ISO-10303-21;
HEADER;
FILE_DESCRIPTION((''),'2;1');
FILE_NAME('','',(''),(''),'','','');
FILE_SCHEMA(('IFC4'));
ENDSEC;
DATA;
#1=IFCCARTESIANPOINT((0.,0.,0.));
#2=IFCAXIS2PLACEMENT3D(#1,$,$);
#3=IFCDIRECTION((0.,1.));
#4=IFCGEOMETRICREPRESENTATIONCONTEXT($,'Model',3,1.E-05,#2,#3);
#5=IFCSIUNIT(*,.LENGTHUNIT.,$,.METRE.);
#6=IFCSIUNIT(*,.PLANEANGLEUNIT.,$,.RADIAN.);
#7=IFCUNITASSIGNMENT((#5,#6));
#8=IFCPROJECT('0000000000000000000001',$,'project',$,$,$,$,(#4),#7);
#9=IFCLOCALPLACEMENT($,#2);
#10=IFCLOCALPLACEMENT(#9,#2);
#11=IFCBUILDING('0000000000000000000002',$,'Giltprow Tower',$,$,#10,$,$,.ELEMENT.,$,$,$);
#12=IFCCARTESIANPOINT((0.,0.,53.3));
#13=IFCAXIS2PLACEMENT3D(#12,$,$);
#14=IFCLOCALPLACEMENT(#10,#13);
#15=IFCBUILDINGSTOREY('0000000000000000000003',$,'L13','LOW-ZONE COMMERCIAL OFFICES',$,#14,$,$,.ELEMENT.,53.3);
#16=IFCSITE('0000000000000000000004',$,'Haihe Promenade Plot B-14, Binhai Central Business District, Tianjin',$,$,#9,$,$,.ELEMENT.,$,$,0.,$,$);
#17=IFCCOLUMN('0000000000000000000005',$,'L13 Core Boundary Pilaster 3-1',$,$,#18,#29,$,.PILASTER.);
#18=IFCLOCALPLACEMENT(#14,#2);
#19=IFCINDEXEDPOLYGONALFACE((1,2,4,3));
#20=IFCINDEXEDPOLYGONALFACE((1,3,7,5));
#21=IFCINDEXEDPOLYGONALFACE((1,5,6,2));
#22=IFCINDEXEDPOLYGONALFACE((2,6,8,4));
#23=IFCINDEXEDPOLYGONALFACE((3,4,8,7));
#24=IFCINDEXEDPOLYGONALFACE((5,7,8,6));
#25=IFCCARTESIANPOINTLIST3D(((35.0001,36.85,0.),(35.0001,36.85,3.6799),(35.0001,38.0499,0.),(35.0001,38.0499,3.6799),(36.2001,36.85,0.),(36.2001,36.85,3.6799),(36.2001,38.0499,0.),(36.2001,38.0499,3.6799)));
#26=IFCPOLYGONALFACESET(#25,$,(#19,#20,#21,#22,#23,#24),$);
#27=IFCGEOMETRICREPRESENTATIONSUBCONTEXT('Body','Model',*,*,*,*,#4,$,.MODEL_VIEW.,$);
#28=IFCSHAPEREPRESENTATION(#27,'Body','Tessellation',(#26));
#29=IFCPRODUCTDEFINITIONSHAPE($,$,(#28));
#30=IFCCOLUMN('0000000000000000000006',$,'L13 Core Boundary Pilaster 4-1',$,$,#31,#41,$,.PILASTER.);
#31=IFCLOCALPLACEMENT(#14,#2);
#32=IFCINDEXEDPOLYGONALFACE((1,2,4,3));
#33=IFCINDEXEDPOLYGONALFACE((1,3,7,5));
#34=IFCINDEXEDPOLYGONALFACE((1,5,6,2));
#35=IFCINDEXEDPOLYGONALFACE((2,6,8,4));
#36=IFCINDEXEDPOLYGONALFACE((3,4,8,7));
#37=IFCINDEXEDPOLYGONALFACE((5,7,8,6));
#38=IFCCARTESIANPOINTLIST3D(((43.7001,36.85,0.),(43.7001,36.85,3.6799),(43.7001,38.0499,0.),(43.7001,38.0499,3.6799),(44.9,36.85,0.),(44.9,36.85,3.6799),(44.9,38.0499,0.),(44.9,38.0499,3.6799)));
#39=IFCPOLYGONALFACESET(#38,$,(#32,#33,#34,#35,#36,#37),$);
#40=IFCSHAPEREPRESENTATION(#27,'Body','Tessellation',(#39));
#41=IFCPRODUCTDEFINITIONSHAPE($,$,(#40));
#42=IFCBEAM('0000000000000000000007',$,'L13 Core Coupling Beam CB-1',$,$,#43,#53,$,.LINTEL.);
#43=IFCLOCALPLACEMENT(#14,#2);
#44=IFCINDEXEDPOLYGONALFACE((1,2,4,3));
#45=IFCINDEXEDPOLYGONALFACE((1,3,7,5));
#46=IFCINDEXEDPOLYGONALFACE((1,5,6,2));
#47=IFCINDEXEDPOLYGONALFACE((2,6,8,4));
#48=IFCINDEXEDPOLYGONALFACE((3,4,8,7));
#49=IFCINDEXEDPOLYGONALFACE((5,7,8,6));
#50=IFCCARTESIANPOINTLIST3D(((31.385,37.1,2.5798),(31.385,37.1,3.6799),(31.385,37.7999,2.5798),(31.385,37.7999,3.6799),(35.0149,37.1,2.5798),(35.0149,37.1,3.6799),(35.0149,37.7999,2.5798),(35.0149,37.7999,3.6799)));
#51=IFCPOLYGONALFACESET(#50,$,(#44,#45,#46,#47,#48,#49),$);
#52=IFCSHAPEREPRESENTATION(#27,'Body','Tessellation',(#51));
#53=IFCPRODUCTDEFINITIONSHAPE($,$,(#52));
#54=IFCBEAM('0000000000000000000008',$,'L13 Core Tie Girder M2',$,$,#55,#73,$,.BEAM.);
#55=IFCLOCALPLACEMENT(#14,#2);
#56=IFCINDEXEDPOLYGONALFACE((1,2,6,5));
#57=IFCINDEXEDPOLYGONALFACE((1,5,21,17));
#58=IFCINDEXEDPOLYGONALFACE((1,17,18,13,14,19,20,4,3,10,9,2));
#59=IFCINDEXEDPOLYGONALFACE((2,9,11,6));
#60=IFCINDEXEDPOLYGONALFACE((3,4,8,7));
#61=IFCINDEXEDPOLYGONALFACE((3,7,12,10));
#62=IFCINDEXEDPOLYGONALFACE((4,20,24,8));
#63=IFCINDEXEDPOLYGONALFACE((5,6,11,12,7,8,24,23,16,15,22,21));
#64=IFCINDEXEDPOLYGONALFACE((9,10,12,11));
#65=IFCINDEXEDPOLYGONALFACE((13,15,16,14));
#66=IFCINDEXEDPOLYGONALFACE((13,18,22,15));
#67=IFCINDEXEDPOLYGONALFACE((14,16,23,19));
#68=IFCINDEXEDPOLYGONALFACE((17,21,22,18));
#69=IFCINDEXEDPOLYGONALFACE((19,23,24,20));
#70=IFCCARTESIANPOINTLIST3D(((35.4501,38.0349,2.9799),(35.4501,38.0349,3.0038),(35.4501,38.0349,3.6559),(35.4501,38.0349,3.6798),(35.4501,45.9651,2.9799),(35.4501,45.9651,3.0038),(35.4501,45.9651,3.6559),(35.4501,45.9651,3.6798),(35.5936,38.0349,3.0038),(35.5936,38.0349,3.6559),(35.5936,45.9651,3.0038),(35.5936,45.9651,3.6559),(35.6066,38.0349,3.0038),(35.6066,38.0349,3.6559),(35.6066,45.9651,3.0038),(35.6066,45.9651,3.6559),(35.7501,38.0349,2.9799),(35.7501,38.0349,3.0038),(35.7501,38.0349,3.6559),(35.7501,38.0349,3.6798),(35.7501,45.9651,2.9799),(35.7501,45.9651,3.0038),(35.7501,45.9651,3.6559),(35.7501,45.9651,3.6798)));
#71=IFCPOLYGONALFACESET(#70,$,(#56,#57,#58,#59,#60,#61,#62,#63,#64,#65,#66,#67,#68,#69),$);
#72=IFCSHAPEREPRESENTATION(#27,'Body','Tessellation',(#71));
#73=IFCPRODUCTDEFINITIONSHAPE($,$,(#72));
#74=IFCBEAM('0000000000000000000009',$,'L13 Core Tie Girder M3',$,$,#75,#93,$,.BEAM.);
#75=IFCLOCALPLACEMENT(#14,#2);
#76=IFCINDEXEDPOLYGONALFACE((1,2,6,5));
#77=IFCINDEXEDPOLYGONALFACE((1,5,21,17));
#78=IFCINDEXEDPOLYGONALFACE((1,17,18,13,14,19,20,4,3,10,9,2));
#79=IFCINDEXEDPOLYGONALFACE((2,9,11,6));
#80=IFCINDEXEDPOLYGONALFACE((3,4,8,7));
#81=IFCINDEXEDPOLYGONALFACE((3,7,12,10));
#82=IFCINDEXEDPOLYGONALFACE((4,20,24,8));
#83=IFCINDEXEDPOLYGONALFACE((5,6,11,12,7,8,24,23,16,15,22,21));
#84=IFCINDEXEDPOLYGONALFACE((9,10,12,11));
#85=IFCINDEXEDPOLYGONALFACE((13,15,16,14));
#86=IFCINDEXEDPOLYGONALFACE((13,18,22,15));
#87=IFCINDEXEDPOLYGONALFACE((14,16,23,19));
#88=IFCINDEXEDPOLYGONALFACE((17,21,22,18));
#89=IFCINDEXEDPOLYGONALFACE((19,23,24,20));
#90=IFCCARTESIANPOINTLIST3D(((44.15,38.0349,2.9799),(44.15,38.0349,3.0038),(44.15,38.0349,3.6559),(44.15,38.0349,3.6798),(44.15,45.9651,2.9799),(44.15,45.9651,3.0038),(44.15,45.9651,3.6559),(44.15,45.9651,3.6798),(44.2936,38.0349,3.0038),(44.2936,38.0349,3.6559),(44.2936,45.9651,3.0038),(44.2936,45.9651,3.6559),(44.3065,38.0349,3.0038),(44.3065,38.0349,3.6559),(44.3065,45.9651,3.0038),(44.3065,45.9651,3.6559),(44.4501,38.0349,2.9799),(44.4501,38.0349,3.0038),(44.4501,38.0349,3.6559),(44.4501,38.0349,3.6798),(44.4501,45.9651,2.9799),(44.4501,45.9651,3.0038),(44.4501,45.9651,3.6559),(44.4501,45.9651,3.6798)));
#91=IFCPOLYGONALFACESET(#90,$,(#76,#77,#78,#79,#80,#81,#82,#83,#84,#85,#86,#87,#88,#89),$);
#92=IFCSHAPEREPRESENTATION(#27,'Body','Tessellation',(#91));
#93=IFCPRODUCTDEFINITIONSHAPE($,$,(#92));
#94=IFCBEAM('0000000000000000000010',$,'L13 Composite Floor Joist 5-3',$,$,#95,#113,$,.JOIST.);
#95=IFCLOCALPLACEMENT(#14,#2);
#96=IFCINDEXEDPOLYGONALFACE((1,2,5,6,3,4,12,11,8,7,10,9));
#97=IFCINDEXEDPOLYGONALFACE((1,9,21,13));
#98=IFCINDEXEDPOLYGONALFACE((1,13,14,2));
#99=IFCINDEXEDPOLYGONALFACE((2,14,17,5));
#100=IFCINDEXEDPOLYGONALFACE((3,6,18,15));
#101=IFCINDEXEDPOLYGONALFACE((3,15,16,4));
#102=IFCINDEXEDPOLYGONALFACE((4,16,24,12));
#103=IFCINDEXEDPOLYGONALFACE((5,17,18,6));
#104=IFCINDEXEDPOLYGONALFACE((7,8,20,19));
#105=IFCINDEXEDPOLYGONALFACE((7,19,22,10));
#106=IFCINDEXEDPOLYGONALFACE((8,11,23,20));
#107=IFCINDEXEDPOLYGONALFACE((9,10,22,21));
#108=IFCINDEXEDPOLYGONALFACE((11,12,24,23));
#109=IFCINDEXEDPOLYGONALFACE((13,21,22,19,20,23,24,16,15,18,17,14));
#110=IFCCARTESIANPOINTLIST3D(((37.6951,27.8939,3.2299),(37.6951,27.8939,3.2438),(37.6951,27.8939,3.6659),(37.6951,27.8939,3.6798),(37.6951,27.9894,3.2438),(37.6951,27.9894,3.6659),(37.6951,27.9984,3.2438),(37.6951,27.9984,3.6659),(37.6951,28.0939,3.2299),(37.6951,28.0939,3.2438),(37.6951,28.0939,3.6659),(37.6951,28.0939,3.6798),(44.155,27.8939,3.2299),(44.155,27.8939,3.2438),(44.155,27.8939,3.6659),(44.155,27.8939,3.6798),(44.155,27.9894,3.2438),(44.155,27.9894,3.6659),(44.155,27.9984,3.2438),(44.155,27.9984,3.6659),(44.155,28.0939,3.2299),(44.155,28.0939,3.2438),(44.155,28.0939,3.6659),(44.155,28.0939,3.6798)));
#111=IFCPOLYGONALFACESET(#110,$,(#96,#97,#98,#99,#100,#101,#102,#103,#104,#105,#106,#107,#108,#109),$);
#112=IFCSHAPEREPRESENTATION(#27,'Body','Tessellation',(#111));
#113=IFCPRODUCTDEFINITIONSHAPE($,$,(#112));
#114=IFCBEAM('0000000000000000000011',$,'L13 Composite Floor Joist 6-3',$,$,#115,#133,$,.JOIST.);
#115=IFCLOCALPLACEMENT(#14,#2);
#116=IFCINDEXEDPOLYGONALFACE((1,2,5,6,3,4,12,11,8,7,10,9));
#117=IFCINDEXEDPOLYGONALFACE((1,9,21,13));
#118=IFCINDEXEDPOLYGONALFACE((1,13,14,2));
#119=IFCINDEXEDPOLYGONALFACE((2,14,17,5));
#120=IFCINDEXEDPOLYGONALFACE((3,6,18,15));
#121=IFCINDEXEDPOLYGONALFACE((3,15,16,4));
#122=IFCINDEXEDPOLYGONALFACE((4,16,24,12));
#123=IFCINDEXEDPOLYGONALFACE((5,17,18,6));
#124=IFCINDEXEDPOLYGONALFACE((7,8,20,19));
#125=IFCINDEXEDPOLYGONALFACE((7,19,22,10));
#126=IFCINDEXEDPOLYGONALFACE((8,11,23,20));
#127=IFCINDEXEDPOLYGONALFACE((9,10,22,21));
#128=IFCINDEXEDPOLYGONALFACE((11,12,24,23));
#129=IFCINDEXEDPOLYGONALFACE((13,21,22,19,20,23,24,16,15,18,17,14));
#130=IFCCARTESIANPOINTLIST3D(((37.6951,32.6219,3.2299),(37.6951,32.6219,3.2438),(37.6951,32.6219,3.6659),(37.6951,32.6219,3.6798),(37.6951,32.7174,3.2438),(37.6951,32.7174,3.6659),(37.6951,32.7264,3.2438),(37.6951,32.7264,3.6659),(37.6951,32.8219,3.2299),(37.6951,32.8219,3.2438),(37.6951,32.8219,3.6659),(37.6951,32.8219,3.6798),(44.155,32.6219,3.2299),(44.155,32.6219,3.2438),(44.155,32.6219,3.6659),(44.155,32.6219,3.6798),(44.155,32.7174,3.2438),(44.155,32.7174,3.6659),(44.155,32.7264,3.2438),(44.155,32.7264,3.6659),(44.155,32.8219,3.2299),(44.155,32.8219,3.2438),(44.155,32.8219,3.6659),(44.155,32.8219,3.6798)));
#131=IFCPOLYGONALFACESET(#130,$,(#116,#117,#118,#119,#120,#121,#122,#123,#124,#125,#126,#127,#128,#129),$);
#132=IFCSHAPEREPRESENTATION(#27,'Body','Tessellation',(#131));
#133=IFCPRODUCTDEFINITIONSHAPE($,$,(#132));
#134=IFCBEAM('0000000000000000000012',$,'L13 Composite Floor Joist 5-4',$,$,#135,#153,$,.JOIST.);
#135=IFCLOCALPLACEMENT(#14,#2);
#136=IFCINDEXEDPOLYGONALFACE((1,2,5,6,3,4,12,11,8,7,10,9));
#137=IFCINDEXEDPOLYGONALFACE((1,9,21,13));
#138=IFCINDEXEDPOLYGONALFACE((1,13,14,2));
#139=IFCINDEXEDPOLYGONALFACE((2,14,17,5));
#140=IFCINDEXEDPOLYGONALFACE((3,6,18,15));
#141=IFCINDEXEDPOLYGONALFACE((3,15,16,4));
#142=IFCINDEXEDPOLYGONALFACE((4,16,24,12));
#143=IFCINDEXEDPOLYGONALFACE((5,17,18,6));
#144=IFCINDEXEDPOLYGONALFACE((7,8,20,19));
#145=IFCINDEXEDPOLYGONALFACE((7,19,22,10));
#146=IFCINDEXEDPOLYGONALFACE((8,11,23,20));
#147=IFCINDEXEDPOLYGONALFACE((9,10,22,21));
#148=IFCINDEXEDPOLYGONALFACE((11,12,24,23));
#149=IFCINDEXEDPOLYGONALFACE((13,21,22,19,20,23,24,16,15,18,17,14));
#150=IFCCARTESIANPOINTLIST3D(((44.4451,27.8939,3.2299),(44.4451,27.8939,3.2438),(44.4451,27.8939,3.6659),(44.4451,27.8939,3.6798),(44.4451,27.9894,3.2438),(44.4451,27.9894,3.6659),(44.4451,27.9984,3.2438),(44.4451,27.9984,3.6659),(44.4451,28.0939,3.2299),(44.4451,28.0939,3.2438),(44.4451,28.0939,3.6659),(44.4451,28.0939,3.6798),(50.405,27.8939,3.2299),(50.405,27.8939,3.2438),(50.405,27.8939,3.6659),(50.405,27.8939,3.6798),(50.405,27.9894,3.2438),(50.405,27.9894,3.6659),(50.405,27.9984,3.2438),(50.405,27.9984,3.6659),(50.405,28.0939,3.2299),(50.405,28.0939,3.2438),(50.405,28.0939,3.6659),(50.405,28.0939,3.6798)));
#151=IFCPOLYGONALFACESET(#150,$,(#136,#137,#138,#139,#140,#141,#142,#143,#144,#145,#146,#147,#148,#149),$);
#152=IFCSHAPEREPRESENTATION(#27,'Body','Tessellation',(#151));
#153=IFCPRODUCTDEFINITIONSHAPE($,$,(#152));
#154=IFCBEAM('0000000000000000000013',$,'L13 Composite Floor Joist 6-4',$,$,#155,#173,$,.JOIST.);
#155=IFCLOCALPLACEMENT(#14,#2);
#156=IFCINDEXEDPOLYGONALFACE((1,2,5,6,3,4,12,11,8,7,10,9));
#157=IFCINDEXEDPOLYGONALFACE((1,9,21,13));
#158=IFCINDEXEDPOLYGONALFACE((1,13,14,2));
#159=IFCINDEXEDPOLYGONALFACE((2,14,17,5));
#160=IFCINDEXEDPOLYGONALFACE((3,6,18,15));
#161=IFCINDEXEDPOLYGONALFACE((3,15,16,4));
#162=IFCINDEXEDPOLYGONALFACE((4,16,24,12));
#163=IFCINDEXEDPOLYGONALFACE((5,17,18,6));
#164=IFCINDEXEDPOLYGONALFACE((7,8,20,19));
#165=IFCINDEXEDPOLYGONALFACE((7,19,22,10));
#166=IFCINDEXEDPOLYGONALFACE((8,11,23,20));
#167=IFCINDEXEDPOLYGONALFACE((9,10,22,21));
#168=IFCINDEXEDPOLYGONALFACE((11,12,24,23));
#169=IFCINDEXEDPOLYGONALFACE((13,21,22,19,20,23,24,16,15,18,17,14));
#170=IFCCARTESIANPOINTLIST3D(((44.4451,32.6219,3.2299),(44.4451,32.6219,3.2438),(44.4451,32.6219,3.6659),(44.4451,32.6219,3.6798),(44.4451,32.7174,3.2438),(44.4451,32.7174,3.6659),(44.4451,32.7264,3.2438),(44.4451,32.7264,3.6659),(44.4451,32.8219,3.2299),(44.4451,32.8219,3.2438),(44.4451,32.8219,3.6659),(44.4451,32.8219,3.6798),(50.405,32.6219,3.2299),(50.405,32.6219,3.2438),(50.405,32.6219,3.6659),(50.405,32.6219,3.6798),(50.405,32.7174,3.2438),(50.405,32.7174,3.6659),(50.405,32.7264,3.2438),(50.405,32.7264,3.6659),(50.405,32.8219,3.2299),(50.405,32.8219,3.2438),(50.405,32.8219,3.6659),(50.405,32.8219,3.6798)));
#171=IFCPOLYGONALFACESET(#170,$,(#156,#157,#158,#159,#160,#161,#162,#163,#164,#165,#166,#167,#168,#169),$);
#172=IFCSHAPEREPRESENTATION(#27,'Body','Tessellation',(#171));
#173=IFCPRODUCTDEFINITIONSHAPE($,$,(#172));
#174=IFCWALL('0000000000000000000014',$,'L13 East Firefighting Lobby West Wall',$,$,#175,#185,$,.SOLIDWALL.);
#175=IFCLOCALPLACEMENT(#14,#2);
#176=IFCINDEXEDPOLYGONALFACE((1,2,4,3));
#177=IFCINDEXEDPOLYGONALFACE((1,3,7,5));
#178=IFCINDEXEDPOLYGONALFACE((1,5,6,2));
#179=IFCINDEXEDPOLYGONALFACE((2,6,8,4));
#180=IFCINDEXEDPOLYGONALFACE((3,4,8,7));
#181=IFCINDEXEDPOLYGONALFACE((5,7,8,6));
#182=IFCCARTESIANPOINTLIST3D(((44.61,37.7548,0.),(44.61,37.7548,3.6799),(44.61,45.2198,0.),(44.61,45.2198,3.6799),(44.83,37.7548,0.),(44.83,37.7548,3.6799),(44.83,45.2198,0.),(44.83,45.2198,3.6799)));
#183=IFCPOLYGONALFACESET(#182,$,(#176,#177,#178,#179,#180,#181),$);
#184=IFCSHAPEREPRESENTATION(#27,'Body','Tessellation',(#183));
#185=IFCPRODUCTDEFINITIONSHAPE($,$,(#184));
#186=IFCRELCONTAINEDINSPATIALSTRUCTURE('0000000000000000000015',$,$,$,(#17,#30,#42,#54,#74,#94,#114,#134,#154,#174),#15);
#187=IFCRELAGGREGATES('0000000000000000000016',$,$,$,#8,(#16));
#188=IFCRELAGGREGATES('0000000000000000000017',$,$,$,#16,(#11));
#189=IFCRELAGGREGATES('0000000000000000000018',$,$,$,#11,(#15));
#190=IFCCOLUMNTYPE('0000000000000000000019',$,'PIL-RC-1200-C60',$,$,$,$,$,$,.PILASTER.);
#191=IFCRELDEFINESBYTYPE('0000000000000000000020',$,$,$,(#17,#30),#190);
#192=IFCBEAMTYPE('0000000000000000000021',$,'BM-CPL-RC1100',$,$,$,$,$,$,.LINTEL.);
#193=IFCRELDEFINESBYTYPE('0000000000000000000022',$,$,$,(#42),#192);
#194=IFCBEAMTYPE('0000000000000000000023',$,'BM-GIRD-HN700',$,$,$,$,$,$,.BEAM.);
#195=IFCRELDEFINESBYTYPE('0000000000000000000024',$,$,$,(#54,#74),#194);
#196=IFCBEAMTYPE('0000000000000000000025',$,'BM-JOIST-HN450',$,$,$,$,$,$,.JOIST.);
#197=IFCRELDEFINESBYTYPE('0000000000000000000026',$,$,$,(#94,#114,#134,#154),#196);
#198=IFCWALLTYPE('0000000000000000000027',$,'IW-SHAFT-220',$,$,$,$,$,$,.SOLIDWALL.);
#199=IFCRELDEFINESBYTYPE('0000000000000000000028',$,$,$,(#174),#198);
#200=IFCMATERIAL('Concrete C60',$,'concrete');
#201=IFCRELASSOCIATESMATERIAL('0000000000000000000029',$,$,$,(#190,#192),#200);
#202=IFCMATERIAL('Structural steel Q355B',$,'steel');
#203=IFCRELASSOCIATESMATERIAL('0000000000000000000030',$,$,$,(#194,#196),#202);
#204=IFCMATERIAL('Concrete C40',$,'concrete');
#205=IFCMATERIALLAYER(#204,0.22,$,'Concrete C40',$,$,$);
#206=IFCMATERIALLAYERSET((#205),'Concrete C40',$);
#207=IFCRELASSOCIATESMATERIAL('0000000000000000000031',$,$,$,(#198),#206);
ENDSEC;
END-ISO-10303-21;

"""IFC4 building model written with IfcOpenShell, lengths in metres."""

from ifc_helpers import new_model, si_unit, direction, frame, frame_2d, origin, origin_2d, place, context, subcontext, project, spatial, rectangle, i_section, extrude, source, transform, mapped, material, layer, layer_set, material_profile, profile_set, type_object, element, save


model = new_model("IFC4")

# Units and contexts
model_context = context("Model", 3, precision=1e-05, world=origin(), true_north=direction((0.0, 1.0)))
body_context = subcontext(model_context, "Body", "Model", "MODEL_VIEW")
ifc_project = project(units=[si_unit("LENGTHUNIT", "METRE"), si_unit("PLANEANGLEUNIT", "RADIAN")], contexts=[model_context])

# Site, building, storey
site_placement = place(None, origin())
site = spatial("IfcSite", under=ifc_project, at=site_placement, Name="Haihe Promenade Plot B-14, Binhai Central Business District, Tianjin", CompositionType="ELEMENT", RefElevation=0.0)
building_placement = place(site_placement, origin())
building = spatial("IfcBuilding", under=site, at=building_placement, Name="Giltprow Tower", CompositionType="ELEMENT")
storey_placement = place(building_placement, frame((0.0, 0.0, 53.3)))
storey = spatial("IfcBuildingStorey", under=building, at=storey_placement, Name="L13", Description="LOW-ZONE COMMERCIAL OFFICES", CompositionType="ELEMENT", Elevation=53.3)

# Columns
ifc_material_1 = material(Name="Concrete C60", Category="concrete")
ifc_material_profile_1 = material_profile(ifc_material_1, rectangle(XDim=1.2, YDim=1.2, at=origin_2d()), Name="RC 1200x1200")
ifc_profile_set_1 = profile_set([ifc_material_profile_1], Name="Concrete C60")
column_type = type_object("IfcColumnType", Name="PIL-RC-1200-C60", PredefinedType="PILASTER", material=ifc_profile_set_1)
shared_shape_1 = source(origin(), body_context, "Body", "SweptSolid", [
    extrude(rectangle(XDim=1.2, YDim=1.2, at=origin_2d()), origin(), (0.0, 0.0, 1.0), 3.6799),
])
for number, where, z_axis, x_axis, name in (
    (1, (35.6001, 37.45, 0.0), (0.0, 0.0, 1.0), (1.0, 0.0, 0.0), "L13 Core Boundary Pilaster 3-1"),
    (2, (44.3, 37.45, 0.0), (0.0, 0.0, 1.0), (1.0, 0.0, 0.0), "L13 Core Boundary Pilaster 4-1"),
):
    element("IfcColumn", number, at=place(storey_placement, frame(where, z_axis=z_axis, x_axis=x_axis)), inside=storey, type_object=column_type, Name=name, PredefinedType="PILASTER", context=body_context, shape_type="MappedRepresentation", body=[
        mapped(shared_shape_1, transform((0.0, 0.0, 0.0), x_axis=(1.0, 0.0, 0.0), y_axis=(0.0, 1.0, 0.0), z_axis=(0.0, 0.0, 1.0), scale=1.0)),
    ])

# Beams
ifc_material_profile_2 = material_profile(ifc_material_1, rectangle(XDim=0.7, YDim=1.1001, at=origin_2d()), Name="RC 1100x700")
ifc_profile_set_2 = profile_set([ifc_material_profile_2], Name="Concrete C60")
beam_type_1 = type_object("IfcBeamType", Name="BM-CPL-RC1100", PredefinedType="LINTEL", material=ifc_profile_set_2)
shared_shape_2 = source(origin(), body_context, "Body", "SweptSolid", [
    extrude(rectangle(XDim=0.7, YDim=1.1001, at=origin_2d()), origin(), (0.0, 0.0, 1.0), 3.6299),
])
beam_placement = place(storey_placement, frame((31.385, 37.45, 3.1299), z_axis=(1.0, 0.0, 0.0), x_axis=(0.0, 1.0, 0.0)))
element("IfcBeam", 3, at=beam_placement, inside=storey, type_object=beam_type_1, Name="L13 Core Coupling Beam CB-1", PredefinedType="LINTEL", context=body_context, shape_type="MappedRepresentation", body=[
    mapped(shared_shape_2, transform((0.0, 0.0, 0.0), x_axis=(1.0, 0.0, 0.0), y_axis=(0.0, 1.0, 0.0), z_axis=(0.0, 0.0, 1.0), scale=1.0)),
])
ifc_material_2 = material(Name="Structural steel Q355B", Category="steel")
ifc_material_profile_3 = material_profile(ifc_material_2, i_section(OverallWidth=0.3, OverallDepth=0.7, WebThickness=0.0129, FlangeThickness=0.0239, at=origin_2d()), Name="HN 700x300x13x24")
ifc_profile_set_3 = profile_set([ifc_material_profile_3], Name="Structural steel Q355B")
beam_type_2 = type_object("IfcBeamType", Name="BM-GIRD-HN700", PredefinedType="BEAM", material=ifc_profile_set_3)
shared_shape_3 = source(origin(), body_context, "Body", "SweptSolid", [
    extrude(i_section(OverallWidth=0.3, OverallDepth=0.7, WebThickness=0.0129, FlangeThickness=0.0239, at=origin_2d()), origin(), (0.0, 0.0, 1.0), 7.9302),
])
for number, where, z_axis, x_axis, name in (
    (4, (35.6001, 38.0349, 3.3298), (0.0, 1.0, 0.0), (-1.0, 0.0, 0.0), "L13 Core Tie Girder M2"),
    (5, (44.3, 38.0349, 3.3298), (0.0, 1.0, 0.0), (-1.0, 0.0, 0.0), "L13 Core Tie Girder M3"),
):
    element("IfcBeam", number, at=place(storey_placement, frame(where, z_axis=z_axis, x_axis=x_axis)), inside=storey, type_object=beam_type_2, Name=name, PredefinedType="BEAM", context=body_context, shape_type="MappedRepresentation", body=[
        mapped(shared_shape_3, transform((0.0, 0.0, 0.0), x_axis=(1.0, 0.0, 0.0), y_axis=(0.0, 1.0, 0.0), z_axis=(0.0, 0.0, 1.0), scale=1.0)),
    ])
ifc_material_profile_4 = material_profile(ifc_material_2, i_section(OverallWidth=0.2, OverallDepth=0.45, WebThickness=0.009, FlangeThickness=0.0139, at=origin_2d()), Name="HN 450x200x9x14")
ifc_profile_set_4 = profile_set([ifc_material_profile_4], Name="Structural steel Q355B")
beam_type_3 = type_object("IfcBeamType", Name="BM-JOIST-HN450", PredefinedType="JOIST", material=ifc_profile_set_4)
shared_shape_4 = source(origin(), body_context, "Body", "SweptSolid", [
    extrude(i_section(OverallWidth=0.2, OverallDepth=0.45, WebThickness=0.009, FlangeThickness=0.0139, at=origin_2d()), origin(), (0.0, 0.0, 1.0), 6.46),
])
for number, where, z_axis, x_axis, name in (
    (6, (37.6951, 27.9939, 3.4548), (1.0, 0.0, 0.0), (0.0, 1.0, 0.0), "L13 Composite Floor Joist 5-3"),
    (7, (37.6951, 32.7219, 3.4548), (1.0, 0.0, 0.0), (0.0, 1.0, 0.0), "L13 Composite Floor Joist 6-3"),
):
    element("IfcBeam", number, at=place(storey_placement, frame(where, z_axis=z_axis, x_axis=x_axis)), inside=storey, type_object=beam_type_3, Name=name, PredefinedType="JOIST", context=body_context, shape_type="MappedRepresentation", body=[
        mapped(shared_shape_4, transform((0.0, 0.0, 0.0), x_axis=(1.0, 0.0, 0.0), y_axis=(0.0, 1.0, 0.0), z_axis=(0.0, 0.0, 1.0), scale=1.0)),
    ])
shared_shape_5 = source(origin(), body_context, "Body", "SweptSolid", [
    extrude(i_section(OverallWidth=0.2, OverallDepth=0.45, WebThickness=0.009, FlangeThickness=0.0139, at=origin_2d()), origin(), (0.0, 0.0, 1.0), 5.96),
])
for number, where, z_axis, x_axis, name in (
    (8, (44.4451, 27.9939, 3.4548), (1.0, 0.0, 0.0), (0.0, 1.0, 0.0), "L13 Composite Floor Joist 5-4"),
    (9, (44.4451, 32.7219, 3.4548), (1.0, 0.0, 0.0), (0.0, 1.0, 0.0), "L13 Composite Floor Joist 6-4"),
):
    element("IfcBeam", number, at=place(storey_placement, frame(where, z_axis=z_axis, x_axis=x_axis)), inside=storey, type_object=beam_type_3, Name=name, PredefinedType="JOIST", context=body_context, shape_type="MappedRepresentation", body=[
        mapped(shared_shape_5, transform((0.0, 0.0, 0.0), x_axis=(1.0, 0.0, 0.0), y_axis=(0.0, 1.0, 0.0), z_axis=(0.0, 0.0, 1.0), scale=1.0)),
    ])

# Wall
ifc_material_3 = material(Name="Concrete C40", Category="concrete")
ifc_layer_1 = layer(ifc_material_3, 0.22, Name="Concrete C40")
ifc_layer_set_1 = layer_set([ifc_layer_1], Name="Concrete C40")
wall_type_1 = type_object("IfcWallType", Name="IW-SHAFT-220", PredefinedType="SOLIDWALL", material=ifc_layer_set_1)
wall_1_placement = place(storey_placement, frame((44.72, 37.7549, 0.0), z_axis=(0.0, 0.0, 1.0), x_axis=(0.0, 1.0, 0.0)))
element("IfcWall", 10, at=wall_1_placement, inside=storey, type_object=wall_type_1, Name="L13 East Firefighting Lobby West Wall", PredefinedType="SOLIDWALL", context=body_context, shape_type="SweptSolid", body=[
    extrude(rectangle(XDim=7.4651, YDim=0.22, at=frame_2d((3.7324, 0.0))), origin(), (0.0, 0.0, 1.0), 3.6799),
])

save(model, "model.ifc")
